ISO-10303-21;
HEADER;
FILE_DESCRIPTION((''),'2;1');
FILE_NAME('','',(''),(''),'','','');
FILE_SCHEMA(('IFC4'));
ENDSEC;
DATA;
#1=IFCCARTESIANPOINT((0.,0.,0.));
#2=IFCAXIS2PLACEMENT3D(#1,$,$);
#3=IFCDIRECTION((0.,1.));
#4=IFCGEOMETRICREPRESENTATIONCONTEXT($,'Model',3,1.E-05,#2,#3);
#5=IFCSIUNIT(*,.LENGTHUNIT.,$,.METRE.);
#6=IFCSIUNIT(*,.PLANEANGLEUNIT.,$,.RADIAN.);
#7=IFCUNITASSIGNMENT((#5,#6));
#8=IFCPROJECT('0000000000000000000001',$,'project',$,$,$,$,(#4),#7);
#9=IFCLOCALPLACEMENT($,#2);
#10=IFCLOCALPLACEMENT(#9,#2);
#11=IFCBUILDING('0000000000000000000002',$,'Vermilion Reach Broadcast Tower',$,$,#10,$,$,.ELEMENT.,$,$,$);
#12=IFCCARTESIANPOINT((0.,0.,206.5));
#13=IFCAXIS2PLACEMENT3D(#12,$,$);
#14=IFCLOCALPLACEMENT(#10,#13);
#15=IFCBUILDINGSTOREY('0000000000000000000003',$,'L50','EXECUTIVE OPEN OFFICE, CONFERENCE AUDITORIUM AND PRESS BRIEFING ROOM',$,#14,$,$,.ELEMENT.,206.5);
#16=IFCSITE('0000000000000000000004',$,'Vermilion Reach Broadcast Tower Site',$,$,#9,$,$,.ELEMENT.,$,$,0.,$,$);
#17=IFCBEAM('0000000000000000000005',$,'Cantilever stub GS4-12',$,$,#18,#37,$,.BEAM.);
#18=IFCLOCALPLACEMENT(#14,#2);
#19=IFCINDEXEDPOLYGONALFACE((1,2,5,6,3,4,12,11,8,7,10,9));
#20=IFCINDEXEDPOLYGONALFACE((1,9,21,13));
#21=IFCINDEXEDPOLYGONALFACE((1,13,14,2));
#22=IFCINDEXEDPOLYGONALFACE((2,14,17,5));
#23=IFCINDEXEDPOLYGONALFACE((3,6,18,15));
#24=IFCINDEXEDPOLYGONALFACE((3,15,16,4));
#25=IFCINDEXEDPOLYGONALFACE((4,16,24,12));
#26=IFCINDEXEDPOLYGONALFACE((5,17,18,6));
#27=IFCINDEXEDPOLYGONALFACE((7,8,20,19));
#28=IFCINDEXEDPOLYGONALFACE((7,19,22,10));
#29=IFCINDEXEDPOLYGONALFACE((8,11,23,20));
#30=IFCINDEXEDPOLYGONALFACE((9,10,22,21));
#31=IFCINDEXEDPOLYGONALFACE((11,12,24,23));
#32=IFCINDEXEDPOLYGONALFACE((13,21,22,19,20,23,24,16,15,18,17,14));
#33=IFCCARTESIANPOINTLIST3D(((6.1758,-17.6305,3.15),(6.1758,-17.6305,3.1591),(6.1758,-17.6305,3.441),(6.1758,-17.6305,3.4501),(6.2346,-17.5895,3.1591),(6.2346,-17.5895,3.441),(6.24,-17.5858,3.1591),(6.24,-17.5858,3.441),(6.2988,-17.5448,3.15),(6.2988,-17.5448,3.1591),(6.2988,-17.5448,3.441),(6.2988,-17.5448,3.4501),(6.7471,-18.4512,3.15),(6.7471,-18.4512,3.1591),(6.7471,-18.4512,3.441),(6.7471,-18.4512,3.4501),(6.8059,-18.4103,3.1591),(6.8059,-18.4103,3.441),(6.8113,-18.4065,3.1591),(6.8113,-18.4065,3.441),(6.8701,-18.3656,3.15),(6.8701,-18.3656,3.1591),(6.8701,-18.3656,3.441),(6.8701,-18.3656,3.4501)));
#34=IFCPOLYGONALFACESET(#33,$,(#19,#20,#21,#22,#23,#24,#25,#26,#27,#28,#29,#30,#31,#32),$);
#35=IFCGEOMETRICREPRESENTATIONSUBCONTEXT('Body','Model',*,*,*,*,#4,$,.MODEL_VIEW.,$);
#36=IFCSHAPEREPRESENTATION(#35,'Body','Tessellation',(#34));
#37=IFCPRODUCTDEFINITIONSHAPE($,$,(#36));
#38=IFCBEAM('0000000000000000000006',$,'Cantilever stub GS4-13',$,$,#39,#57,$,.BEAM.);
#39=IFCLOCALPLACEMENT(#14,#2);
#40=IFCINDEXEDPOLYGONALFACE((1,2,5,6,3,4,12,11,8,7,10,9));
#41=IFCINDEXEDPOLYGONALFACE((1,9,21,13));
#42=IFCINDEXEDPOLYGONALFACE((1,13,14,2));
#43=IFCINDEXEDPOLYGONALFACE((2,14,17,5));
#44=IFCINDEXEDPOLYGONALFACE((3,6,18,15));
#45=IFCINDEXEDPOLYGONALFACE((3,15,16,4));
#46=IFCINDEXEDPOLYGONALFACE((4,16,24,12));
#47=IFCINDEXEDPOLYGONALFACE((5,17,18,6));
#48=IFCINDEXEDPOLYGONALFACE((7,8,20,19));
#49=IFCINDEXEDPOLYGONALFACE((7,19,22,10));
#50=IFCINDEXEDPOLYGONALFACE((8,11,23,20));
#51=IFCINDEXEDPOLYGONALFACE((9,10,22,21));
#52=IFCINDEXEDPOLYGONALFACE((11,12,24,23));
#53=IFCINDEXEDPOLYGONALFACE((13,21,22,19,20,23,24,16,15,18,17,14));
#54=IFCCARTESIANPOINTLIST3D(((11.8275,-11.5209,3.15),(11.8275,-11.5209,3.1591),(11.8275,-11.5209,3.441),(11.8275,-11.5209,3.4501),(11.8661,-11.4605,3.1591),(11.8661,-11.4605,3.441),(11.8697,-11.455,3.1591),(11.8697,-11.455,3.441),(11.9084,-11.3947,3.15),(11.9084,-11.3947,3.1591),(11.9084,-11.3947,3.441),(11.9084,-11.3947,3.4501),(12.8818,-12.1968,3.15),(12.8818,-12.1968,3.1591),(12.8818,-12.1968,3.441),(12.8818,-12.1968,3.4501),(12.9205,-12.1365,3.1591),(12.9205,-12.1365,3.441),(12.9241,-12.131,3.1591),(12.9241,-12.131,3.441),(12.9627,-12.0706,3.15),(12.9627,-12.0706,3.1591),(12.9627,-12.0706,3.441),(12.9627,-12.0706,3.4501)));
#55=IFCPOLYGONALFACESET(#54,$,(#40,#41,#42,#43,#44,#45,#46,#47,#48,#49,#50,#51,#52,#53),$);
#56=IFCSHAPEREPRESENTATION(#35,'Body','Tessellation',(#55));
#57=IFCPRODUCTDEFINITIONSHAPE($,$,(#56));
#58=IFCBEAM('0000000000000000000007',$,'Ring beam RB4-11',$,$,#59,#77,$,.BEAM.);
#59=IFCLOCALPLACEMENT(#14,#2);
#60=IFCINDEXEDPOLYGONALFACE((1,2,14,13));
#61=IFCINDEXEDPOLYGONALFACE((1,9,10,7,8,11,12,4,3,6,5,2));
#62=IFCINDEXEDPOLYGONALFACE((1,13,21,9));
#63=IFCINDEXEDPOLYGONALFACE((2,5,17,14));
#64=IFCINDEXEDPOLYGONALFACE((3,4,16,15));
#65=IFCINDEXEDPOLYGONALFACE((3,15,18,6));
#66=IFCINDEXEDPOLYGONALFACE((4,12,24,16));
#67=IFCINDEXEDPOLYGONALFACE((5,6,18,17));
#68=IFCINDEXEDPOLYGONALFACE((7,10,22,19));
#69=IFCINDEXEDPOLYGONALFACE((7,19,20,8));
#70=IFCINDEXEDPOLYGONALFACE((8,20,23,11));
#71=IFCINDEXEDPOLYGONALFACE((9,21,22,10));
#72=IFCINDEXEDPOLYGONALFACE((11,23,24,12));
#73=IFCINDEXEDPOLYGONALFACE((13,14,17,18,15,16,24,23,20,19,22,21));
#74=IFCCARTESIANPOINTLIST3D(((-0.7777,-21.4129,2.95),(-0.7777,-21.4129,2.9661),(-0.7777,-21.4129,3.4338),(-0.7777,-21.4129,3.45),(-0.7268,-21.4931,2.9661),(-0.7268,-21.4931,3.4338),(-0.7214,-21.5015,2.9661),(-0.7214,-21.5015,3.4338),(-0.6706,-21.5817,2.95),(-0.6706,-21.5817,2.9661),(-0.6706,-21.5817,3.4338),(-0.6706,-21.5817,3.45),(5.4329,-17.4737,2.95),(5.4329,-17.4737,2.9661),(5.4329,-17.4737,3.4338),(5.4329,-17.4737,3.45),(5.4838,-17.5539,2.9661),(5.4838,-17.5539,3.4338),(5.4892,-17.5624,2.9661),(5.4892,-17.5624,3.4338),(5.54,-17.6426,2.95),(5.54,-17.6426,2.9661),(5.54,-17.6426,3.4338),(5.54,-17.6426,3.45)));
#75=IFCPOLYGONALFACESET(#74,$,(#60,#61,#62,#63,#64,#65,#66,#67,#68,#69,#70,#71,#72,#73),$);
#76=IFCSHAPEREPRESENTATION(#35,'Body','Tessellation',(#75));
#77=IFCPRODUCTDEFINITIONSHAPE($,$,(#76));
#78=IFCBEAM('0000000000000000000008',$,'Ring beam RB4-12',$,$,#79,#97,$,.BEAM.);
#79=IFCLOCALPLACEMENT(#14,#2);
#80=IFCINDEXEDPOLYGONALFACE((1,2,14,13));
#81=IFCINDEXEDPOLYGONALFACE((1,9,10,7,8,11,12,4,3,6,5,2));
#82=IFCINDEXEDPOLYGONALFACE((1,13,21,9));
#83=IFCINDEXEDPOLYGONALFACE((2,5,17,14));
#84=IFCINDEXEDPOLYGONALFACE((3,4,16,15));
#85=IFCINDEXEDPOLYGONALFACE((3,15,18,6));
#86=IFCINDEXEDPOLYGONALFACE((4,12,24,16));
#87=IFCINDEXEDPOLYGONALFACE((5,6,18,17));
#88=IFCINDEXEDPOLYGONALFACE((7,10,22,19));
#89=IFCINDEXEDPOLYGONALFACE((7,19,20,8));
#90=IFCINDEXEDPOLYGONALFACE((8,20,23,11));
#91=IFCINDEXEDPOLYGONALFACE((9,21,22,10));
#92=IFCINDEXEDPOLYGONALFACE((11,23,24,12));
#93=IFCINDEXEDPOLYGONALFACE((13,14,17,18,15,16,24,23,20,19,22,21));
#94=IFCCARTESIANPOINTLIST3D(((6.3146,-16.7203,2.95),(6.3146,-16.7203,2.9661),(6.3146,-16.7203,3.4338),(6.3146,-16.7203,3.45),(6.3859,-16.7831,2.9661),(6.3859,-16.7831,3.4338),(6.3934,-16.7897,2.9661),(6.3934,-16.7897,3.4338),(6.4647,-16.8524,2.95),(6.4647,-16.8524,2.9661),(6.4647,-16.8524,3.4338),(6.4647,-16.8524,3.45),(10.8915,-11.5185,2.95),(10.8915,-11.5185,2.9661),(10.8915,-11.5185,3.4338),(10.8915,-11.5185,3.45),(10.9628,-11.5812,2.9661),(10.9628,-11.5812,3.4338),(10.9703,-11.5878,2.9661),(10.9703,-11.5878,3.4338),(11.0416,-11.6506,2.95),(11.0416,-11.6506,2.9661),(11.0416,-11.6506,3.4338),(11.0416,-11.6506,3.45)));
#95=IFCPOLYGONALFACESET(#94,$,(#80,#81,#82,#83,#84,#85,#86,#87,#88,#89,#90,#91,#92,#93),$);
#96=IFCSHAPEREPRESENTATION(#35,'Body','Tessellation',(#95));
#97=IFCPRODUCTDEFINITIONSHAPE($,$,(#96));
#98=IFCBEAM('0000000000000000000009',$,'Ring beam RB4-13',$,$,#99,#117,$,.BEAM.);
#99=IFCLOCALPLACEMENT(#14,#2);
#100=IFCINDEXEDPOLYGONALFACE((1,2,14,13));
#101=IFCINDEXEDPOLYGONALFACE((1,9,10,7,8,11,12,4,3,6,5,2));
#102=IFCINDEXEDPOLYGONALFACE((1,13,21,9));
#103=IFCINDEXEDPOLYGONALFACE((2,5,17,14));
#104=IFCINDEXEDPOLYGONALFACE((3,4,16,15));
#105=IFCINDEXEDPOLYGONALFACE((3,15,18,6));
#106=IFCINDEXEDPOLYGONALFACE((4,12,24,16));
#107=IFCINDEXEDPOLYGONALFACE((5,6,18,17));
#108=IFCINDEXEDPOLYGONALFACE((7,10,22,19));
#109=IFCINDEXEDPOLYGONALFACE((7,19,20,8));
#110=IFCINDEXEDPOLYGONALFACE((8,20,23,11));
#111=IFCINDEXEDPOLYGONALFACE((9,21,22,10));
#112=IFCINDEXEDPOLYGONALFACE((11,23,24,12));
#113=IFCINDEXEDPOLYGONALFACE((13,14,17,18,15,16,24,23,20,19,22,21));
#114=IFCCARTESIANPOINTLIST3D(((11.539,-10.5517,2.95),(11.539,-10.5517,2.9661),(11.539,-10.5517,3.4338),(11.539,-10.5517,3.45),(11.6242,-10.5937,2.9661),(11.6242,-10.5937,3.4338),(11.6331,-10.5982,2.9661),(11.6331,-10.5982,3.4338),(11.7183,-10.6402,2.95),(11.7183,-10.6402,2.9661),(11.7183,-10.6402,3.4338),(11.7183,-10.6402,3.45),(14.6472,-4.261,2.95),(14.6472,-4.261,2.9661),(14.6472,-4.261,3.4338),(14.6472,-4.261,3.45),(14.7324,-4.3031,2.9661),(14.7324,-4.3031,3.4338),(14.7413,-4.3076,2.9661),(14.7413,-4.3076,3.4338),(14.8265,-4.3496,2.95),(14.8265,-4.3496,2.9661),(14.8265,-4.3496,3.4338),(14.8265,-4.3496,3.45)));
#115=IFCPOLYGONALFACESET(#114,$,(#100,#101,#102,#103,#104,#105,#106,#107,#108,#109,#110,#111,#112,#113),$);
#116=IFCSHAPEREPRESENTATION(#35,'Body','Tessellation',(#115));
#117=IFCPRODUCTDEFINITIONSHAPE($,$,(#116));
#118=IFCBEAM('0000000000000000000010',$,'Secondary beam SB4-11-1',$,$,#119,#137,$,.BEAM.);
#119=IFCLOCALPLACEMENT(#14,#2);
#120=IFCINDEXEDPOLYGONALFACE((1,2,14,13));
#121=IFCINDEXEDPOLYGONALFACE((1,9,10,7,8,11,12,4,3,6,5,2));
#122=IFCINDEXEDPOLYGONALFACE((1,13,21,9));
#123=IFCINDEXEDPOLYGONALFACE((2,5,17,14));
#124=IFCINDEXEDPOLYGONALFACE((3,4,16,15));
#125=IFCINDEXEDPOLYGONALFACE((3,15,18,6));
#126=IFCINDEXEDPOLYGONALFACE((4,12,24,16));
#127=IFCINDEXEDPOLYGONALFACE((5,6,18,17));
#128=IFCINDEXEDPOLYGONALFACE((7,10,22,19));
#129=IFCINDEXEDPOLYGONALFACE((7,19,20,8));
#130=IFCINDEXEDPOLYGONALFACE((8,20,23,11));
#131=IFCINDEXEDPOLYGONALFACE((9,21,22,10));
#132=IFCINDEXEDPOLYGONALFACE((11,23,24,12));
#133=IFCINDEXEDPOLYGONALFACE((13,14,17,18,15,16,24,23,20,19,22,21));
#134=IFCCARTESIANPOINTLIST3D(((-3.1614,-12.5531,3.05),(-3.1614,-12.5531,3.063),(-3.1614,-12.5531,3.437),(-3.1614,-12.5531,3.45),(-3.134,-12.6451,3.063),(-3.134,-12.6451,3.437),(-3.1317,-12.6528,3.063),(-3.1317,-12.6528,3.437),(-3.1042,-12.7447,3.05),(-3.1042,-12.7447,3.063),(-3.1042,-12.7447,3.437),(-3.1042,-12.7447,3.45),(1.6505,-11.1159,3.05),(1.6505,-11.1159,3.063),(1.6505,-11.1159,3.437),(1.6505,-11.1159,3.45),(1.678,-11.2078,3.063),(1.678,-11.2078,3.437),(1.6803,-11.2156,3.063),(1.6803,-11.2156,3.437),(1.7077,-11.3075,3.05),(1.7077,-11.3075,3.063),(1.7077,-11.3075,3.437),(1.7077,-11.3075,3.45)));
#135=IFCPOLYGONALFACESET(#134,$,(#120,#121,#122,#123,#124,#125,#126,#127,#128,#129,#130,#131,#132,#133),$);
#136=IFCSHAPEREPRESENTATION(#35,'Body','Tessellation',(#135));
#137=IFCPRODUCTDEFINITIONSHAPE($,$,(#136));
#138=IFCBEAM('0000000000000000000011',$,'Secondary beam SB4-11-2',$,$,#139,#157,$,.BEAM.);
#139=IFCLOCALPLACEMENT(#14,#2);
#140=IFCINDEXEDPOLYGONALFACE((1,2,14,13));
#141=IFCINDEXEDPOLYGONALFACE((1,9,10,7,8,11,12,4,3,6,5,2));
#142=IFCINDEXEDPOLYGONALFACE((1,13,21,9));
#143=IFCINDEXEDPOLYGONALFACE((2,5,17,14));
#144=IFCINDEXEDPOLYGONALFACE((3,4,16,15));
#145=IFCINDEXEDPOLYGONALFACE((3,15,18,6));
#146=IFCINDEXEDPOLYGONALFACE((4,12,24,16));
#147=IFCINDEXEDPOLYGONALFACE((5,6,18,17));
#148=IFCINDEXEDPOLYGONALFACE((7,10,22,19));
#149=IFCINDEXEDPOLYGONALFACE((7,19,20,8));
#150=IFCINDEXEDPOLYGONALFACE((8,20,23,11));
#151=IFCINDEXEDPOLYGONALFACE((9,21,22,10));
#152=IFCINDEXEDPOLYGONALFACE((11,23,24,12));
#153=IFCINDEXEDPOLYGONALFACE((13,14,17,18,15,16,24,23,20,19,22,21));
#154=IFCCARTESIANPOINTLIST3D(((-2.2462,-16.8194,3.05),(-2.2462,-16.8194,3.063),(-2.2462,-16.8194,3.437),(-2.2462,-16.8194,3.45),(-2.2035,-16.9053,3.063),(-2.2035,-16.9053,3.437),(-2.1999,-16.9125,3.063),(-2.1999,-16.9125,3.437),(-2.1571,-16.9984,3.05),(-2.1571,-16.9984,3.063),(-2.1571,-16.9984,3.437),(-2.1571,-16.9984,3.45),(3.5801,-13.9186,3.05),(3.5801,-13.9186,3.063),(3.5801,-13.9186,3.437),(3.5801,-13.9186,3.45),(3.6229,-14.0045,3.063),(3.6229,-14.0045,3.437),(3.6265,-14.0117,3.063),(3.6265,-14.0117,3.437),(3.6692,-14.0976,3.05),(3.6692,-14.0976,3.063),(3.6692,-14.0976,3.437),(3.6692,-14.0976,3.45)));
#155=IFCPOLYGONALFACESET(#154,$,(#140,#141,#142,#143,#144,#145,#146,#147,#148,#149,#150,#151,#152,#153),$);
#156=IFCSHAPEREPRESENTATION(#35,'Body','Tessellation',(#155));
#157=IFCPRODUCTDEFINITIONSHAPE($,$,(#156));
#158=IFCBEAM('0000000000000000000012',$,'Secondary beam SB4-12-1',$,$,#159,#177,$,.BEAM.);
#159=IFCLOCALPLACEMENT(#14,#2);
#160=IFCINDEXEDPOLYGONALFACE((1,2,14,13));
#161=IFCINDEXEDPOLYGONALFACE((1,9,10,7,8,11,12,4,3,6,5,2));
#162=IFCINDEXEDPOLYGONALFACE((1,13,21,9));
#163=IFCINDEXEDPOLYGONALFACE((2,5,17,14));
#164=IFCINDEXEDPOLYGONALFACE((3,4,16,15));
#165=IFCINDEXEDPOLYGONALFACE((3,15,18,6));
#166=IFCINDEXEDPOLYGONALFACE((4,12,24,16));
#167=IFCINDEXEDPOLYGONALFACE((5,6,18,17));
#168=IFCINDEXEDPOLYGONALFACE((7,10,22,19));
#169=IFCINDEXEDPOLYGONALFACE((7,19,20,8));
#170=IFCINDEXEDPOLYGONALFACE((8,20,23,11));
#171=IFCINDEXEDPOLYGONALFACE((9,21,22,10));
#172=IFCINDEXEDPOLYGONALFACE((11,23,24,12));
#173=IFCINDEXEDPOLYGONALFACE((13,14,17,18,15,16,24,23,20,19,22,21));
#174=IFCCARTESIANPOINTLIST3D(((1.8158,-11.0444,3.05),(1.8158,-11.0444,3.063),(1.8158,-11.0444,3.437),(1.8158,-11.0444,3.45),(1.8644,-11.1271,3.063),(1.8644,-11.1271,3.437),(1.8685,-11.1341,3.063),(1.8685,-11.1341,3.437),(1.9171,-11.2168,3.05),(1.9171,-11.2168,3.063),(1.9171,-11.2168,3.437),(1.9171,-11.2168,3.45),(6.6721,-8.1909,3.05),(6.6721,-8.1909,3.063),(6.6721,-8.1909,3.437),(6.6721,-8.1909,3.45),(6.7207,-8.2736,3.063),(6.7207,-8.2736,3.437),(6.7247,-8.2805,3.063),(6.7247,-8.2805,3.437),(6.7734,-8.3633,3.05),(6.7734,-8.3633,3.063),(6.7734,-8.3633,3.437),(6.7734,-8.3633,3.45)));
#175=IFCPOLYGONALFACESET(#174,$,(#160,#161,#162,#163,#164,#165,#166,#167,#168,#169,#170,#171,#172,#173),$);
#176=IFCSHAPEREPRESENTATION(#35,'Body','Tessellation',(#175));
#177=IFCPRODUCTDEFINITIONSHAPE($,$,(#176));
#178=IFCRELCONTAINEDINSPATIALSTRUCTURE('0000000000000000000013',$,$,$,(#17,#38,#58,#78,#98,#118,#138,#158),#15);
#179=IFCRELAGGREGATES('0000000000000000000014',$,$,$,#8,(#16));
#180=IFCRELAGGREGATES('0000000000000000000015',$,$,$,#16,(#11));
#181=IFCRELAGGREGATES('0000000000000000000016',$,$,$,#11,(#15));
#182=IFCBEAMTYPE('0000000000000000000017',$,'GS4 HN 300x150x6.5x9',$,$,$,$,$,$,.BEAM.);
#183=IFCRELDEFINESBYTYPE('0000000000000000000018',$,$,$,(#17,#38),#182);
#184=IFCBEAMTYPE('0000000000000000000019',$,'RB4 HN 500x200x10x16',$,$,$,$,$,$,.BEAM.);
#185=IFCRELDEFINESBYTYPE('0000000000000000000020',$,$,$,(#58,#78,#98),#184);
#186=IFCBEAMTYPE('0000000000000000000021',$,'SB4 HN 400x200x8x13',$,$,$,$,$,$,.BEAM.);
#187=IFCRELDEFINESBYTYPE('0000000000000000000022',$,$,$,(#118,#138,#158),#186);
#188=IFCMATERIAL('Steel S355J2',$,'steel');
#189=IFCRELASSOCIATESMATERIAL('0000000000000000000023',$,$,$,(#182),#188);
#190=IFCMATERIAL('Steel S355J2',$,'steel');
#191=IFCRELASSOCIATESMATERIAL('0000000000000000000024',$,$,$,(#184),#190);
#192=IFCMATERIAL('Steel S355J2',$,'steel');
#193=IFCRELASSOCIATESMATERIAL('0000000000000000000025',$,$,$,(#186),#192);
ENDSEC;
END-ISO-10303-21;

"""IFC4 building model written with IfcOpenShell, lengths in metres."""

from ifc_helpers import new_model, si_unit, direction, frame, origin, origin_2d, place, context, subcontext, project, spatial, i_section, extrude, material, material_profile, profile_set, type_object, element, save


model = new_model("IFC4")

# Units and contexts
model_context = context("Model", 3, precision=1e-05, world=origin(), true_north=direction((0.0, 1.0)))
body_context = subcontext(model_context, "Body", "Model", "MODEL_VIEW")
ifc_project = project(units=[si_unit("LENGTHUNIT", "METRE"), si_unit("PLANEANGLEUNIT", "RADIAN")], contexts=[model_context])

# Site, building, storey
site_placement = place(None, origin())
site = spatial("IfcSite", under=ifc_project, at=site_placement, Name="Vermilion Reach Broadcast Tower Site", CompositionType="ELEMENT", RefElevation=0.0)
building_placement = place(site_placement, origin())
building = spatial("IfcBuilding", under=site, at=building_placement, Name="Vermilion Reach Broadcast Tower", CompositionType="ELEMENT")
storey_placement = place(building_placement, frame((0.0, 0.0, 206.5)))
storey = spatial("IfcBuildingStorey", under=building, at=storey_placement, Name="L50", Description="EXECUTIVE OPEN OFFICE, CONFERENCE AUDITORIUM AND PRESS BRIEFING ROOM", CompositionType="ELEMENT", Elevation=206.5)

# Beams
ifc_material_1 = material(Name="Steel S355J2", Category="steel")
ifc_material_profile_1 = material_profile(ifc_material_1, i_section(OverallWidth=0.1499, OverallDepth=0.3, WebThickness=0.0066, FlangeThickness=0.009, at=origin_2d()), Name="S355J2 HN 300x150x6.5x9")
ifc_profile_set_1 = profile_set([ifc_material_profile_1], Name="Steel S355J2")
beam_type_1 = type_object("IfcBeamType", Name="GS4 HN 300x150x6.5x9", PredefinedType="BEAM", material=ifc_profile_set_1)
beam_1_placement = place(storey_placement, frame((6.2373, -17.5876, 3.3), z_axis=(0.571265, -0.820766, 0.0), x_axis=(0.820766, 0.571265, 0.0)))
element("IfcBeam", 1, at=beam_1_placement, inside=storey, type_object=beam_type_1, Name="Cantilever stub GS4-12", PredefinedType="BEAM", context=body_context, shape_type="SweptSolid", body=[
    extrude(i_section(OverallWidth=0.1499, OverallDepth=0.3, WebThickness=0.0066, FlangeThickness=0.009, at=origin_2d()), origin(), (0.0, 0.0, 1.0), 1.0),
])
beam_2_placement = place(storey_placement, frame((11.8679, -11.4578, 3.3), z_axis=(0.841843, -0.539723, 0.0), x_axis=(0.539723, 0.841843, 0.0)))
element("IfcBeam", 2, at=beam_2_placement, inside=storey, type_object=beam_type_1, Name="Cantilever stub GS4-13", PredefinedType="BEAM", context=body_context, shape_type="SweptSolid", body=[
    extrude(i_section(OverallWidth=0.1499, OverallDepth=0.3, WebThickness=0.0066, FlangeThickness=0.009, at=origin_2d()), origin(), (0.0, 0.0, 1.0), 1.2524),
])
ifc_material_2 = material(Name="Steel S355J2", Category="steel")
ifc_material_profile_2 = material_profile(ifc_material_2, i_section(OverallWidth=0.2, OverallDepth=0.5, WebThickness=0.01, FlangeThickness=0.0161, at=origin_2d()), Name="S355J2 HN 500x200x10x16")
ifc_profile_set_2 = profile_set([ifc_material_profile_2], Name="Steel S355J2")
beam_type_2 = type_object("IfcBeamType", Name="RB4 HN 500x200x10x16", PredefinedType="BEAM", material=ifc_profile_set_2)
beam_3_placement = place(storey_placement, frame((-0.7241, -21.4973, 3.2), z_axis=(0.844464, 0.535612, 0.0), x_axis=(-0.535612, 0.844464, 0.0)))
element("IfcBeam", 3, at=beam_3_placement, inside=storey, type_object=beam_type_2, Name="Ring beam RB4-11", PredefinedType="BEAM", context=body_context, shape_type="SweptSolid", body=[
    extrude(i_section(OverallWidth=0.2, OverallDepth=0.5, WebThickness=0.01, FlangeThickness=0.0161, at=origin_2d()), origin(), (0.0, 0.0, 1.0), 7.3545),
])
beam_4_placement = place(storey_placement, frame((6.3896, -16.7864, 3.2), z_axis=(0.660565, 0.750769, 0.0), x_axis=(-0.750769, 0.660565, 0.0)))
element("IfcBeam", 4, at=beam_4_placement, inside=storey, type_object=beam_type_2, Name="Ring beam RB4-12", PredefinedType="BEAM", context=body_context, shape_type="SweptSolid", body=[
    extrude(i_section(OverallWidth=0.2, OverallDepth=0.5, WebThickness=0.01, FlangeThickness=0.0161, at=origin_2d()), origin(), (0.0, 0.0, 1.0), 6.9287),
])
beam_5_placement = place(storey_placement, frame((11.6287, -10.5959, 3.2), z_axis=(0.442977, 0.896533, 0.0), x_axis=(-0.896533, 0.442977, 0.0)))
element("IfcBeam", 5, at=beam_5_placement, inside=storey, type_object=beam_type_2, Name="Ring beam RB4-13", PredefinedType="BEAM", context=body_context, shape_type="SweptSolid", body=[
    extrude(i_section(OverallWidth=0.2, OverallDepth=0.5, WebThickness=0.01, FlangeThickness=0.0161, at=origin_2d()), origin(), (0.0, 0.0, 1.0), 7.0166),
])
ifc_material_3 = material(Name="Steel S355J2", Category="steel")
ifc_material_profile_3 = material_profile(ifc_material_3, i_section(OverallWidth=0.2, OverallDepth=0.3999, WebThickness=0.0081, FlangeThickness=0.0129, at=origin_2d()), Name="S355J2 HN 400x200x8x13")
ifc_profile_set_3 = profile_set([ifc_material_profile_3], Name="Steel S355J2")
beam_type_3 = type_object("IfcBeamType", Name="SB4 HN 400x200x8x13", PredefinedType="BEAM", material=ifc_profile_set_3)
beam_6_placement = place(storey_placement, frame((-3.1328, -12.6489, 3.25), z_axis=(0.958173, 0.286188, 0.0), x_axis=(-0.286188, 0.958173, 0.0)))
element("IfcBeam", 6, at=beam_6_placement, inside=storey, type_object=beam_type_3, Name="Secondary beam SB4-11-1", PredefinedType="BEAM", context=body_context, shape_type="SweptSolid", body=[
    extrude(i_section(OverallWidth=0.2, OverallDepth=0.3999, WebThickness=0.0081, FlangeThickness=0.0129, at=origin_2d()), origin(), (0.0, 0.0, 1.0), 5.022),
])
beam_7_placement = place(storey_placement, frame((-2.2017, -16.9089, 3.25), z_axis=(0.895184, 0.445698, 0.0), x_axis=(-0.445698, 0.895184, 0.0)))
element("IfcBeam", 7, at=beam_7_placement, inside=storey, type_object=beam_type_3, Name="Secondary beam SB4-11-2", PredefinedType="BEAM", context=body_context, shape_type="SweptSolid", body=[
    extrude(i_section(OverallWidth=0.2, OverallDepth=0.3999, WebThickness=0.0081, FlangeThickness=0.0129, at=origin_2d()), origin(), (0.0, 0.0, 1.0), 6.5085),
])
beam_8_placement = place(storey_placement, frame((1.8665, -11.1306, 3.25), z_axis=(0.862173, 0.506615, 0.0), x_axis=(-0.506615, 0.862173, 0.0)))
element("IfcBeam", 8, at=beam_8_placement, inside=storey, type_object=beam_type_3, Name="Secondary beam SB4-12-1", PredefinedType="BEAM", context=body_context, shape_type="SweptSolid", body=[
    extrude(i_section(OverallWidth=0.2, OverallDepth=0.3999, WebThickness=0.0081, FlangeThickness=0.0129, at=origin_2d()), origin(), (0.0, 0.0, 1.0), 5.6326),
])

save(model, "model.ifc")
